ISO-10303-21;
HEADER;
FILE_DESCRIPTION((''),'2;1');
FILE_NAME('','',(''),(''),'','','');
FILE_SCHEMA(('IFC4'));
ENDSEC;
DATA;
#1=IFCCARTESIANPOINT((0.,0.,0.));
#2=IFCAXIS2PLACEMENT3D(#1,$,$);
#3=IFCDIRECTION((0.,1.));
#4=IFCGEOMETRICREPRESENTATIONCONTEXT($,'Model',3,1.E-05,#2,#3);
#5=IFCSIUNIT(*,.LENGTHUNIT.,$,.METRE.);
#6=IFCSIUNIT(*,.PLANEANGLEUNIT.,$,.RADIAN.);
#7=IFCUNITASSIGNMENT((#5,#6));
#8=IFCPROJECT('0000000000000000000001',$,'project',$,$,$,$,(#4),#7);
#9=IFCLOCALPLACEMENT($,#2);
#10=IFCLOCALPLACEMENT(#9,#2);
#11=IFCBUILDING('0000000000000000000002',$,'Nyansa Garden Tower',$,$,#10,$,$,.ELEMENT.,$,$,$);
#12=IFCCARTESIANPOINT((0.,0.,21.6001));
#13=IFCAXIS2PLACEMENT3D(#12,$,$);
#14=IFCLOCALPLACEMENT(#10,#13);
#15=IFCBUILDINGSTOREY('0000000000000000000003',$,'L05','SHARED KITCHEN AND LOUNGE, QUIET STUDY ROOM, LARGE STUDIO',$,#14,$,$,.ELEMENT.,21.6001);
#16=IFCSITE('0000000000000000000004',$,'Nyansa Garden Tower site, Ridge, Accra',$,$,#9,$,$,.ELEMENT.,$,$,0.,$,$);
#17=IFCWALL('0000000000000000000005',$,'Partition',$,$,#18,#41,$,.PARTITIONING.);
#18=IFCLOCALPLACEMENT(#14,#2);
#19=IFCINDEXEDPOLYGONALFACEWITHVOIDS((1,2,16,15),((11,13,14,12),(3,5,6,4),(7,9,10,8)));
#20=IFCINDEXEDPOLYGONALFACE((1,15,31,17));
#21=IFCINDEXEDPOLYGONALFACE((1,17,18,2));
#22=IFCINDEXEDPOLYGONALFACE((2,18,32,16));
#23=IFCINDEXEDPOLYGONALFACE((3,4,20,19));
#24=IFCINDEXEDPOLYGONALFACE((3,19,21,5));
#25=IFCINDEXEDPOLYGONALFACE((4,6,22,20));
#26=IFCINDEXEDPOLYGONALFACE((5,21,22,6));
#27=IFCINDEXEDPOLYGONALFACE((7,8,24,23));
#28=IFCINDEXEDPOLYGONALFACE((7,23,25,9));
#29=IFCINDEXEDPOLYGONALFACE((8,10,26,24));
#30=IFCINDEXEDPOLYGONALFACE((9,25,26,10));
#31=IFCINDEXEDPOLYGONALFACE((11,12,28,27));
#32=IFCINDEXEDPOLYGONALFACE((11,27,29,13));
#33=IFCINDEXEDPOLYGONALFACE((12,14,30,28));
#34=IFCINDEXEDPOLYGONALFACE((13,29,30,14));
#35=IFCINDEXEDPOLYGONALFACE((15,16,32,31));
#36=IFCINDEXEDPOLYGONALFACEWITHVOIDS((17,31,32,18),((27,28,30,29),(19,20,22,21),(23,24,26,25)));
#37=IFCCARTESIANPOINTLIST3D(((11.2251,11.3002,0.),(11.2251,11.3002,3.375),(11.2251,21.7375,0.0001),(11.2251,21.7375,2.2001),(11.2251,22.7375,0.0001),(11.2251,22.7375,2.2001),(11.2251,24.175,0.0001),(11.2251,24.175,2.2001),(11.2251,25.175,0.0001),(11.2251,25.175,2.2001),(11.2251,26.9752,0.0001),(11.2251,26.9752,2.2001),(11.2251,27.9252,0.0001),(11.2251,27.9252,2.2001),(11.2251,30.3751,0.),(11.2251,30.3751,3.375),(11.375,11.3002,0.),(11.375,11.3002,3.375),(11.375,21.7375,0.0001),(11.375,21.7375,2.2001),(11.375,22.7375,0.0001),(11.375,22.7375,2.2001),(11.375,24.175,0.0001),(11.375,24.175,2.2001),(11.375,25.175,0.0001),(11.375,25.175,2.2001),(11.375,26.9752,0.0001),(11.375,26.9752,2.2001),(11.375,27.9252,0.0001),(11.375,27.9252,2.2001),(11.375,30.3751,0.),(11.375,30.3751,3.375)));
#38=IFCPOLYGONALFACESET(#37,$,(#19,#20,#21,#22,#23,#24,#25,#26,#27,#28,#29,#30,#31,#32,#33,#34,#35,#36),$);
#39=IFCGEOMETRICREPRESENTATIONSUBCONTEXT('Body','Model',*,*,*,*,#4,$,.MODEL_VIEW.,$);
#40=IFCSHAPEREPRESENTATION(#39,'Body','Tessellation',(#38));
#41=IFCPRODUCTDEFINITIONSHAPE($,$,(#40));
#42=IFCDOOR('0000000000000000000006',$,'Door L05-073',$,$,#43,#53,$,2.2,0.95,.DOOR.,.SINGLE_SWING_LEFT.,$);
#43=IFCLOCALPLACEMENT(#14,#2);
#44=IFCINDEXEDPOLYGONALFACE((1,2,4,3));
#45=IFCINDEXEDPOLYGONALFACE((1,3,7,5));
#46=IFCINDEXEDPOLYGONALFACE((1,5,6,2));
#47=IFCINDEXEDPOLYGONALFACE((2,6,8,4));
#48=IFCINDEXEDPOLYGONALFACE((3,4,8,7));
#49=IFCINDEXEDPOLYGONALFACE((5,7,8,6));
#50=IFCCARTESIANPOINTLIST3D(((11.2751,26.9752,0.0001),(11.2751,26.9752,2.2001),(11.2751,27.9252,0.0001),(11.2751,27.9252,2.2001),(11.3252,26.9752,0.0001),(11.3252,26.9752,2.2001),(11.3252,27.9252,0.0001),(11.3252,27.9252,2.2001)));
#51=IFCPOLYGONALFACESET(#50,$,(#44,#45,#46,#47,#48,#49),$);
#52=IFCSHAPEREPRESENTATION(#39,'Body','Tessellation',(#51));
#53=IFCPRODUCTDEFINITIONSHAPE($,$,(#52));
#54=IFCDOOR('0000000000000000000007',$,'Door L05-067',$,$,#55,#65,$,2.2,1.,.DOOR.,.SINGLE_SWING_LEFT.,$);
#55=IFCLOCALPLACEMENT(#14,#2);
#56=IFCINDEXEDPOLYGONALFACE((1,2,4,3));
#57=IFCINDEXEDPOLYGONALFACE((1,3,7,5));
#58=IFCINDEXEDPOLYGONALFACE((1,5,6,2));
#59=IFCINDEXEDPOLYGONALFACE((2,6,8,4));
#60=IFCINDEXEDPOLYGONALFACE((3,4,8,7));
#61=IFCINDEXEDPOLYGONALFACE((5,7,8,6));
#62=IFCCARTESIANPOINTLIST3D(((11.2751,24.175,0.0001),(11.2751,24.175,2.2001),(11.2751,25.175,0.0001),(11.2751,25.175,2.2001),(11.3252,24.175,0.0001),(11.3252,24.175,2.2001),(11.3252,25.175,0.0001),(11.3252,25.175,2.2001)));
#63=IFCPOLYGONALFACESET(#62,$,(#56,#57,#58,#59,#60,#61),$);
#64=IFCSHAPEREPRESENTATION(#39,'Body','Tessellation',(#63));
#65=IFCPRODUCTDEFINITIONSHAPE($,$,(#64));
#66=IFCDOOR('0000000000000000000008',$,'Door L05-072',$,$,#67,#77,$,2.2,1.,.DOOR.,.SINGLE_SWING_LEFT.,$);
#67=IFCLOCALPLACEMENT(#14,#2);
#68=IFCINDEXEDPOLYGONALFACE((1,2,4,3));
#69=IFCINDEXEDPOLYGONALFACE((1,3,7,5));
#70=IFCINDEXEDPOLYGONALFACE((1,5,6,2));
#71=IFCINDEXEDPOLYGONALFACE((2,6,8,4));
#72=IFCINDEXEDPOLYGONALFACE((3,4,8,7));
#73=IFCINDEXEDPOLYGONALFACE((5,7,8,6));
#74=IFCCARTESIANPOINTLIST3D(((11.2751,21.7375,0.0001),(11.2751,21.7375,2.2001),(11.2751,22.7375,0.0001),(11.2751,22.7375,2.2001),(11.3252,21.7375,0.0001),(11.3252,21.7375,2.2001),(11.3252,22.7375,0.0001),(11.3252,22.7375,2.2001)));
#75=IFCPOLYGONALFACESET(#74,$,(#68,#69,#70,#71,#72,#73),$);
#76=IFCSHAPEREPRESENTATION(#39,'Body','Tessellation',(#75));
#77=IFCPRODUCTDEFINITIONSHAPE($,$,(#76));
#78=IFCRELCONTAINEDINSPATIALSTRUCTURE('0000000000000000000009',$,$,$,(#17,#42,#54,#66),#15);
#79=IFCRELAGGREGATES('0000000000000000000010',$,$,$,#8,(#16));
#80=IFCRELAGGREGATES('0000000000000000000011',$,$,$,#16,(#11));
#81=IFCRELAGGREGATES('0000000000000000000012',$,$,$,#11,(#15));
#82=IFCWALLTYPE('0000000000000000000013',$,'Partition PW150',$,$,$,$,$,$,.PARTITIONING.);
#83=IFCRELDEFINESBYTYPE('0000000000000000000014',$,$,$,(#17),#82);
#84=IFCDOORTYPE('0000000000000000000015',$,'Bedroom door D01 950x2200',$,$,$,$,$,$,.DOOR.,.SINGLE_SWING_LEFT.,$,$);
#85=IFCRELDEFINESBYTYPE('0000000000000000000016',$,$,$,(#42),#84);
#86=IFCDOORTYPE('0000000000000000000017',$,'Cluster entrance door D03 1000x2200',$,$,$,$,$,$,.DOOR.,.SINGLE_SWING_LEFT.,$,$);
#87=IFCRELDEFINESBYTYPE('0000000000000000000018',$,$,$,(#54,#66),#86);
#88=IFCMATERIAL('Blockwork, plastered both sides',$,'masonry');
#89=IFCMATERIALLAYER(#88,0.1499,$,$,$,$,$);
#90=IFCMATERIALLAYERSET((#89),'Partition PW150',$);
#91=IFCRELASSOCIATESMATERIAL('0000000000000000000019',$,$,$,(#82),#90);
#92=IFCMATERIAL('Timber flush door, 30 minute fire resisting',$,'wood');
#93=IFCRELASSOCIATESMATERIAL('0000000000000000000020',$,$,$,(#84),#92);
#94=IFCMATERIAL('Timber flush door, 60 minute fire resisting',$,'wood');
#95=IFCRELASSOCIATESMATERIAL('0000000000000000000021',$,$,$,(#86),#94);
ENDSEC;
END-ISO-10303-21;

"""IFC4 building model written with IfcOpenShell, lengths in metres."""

from ifc_helpers import new_model, si_unit, direction, frame, frame_2d, origin, place, context, subcontext, project, spatial, rectangle, extrude, material, layer, layer_set, type_object, element, fill, save


model = new_model("IFC4")

# Units and contexts
model_context = context("Model", 3, precision=1e-05, world=origin(), true_north=direction((0.0, 1.0)))
body_context = subcontext(model_context, "Body", "Model", "MODEL_VIEW")
ifc_project = project(units=[si_unit("LENGTHUNIT", "METRE"), si_unit("PLANEANGLEUNIT", "RADIAN")], contexts=[model_context])

# Site, building, storey
site_placement = place(None, origin())
site = spatial("IfcSite", under=ifc_project, at=site_placement, Name="Nyansa Garden Tower site, Ridge, Accra", CompositionType="ELEMENT", RefElevation=0.0)
building_placement = place(site_placement, origin())
building = spatial("IfcBuilding", under=site, at=building_placement, Name="Nyansa Garden Tower", CompositionType="ELEMENT")
storey_placement = place(building_placement, frame((0.0, 0.0, 21.6001)))
storey = spatial("IfcBuildingStorey", under=building, at=storey_placement, Name="L05", Description="SHARED KITCHEN AND LOUNGE, QUIET STUDY ROOM, LARGE STUDIO", CompositionType="ELEMENT", Elevation=21.6001)

# Shared definitions
ifc_material_1 = material(Name="Blockwork, plastered both sides", Category="masonry")
ifc_layer_1 = layer(ifc_material_1, 0.1499)
ifc_layer_set_1 = layer_set([ifc_layer_1], Name="Partition PW150")
wall_type_1 = type_object("IfcWallType", Name="Partition PW150", PredefinedType="PARTITIONING", material=ifc_layer_set_1)

# Wall, openings, doors
ifc_material_2 = material(Name="Timber flush door, 30 minute fire resisting", Category="wood")
door_type_1 = type_object("IfcDoorType", Name="Bedroom door D01 950x2200", OperationType="SINGLE_SWING_LEFT", PredefinedType="DOOR", material=ifc_material_2)
ifc_material_3 = material(Name="Timber flush door, 60 minute fire resisting", Category="wood")
door_type_2 = type_object("IfcDoorType", Name="Cluster entrance door D03 1000x2200", OperationType="SINGLE_SWING_LEFT", PredefinedType="DOOR", material=ifc_material_3)
wall_1_placement = place(storey_placement, frame((11.3, 11.3, 0.0), z_axis=(0.0, 0.0, 1.0), x_axis=(0.0, 1.0, 0.0)))
wall_1 = element("IfcWall", 1, at=wall_1_placement, inside=storey, type_object=wall_type_1, Name="Partition", PredefinedType="PARTITIONING", context=body_context, shape_type="SweptSolid", body=[
    extrude(rectangle(XDim=19.075, YDim=0.1499, at=frame_2d((9.5376, 0.0))), origin(), (0.0, 0.0, 1.0), 3.375),
])
opening_1_placement = place(wall_1_placement, frame((12.875, 0.0, 0.0)))
opening_1 = element("IfcOpeningElement", 2, at=opening_1_placement, cuts=wall_1, PredefinedType="OPENING", context=body_context, shape_type="SweptSolid", body=[
    extrude(rectangle(XDim=1.0, YDim=2.2, at=frame_2d((0.5, 1.1001))), frame((0.0, 0.085, 0.0), z_axis=(0.0, -1.0, 0.0), x_axis=(1.0, 0.0, 0.0)), (0.0, 0.0, 1.0), 0.1699),
])
opening_2_placement = place(wall_1_placement, frame((10.4375, 0.0, 0.0)))
opening_2 = element("IfcOpeningElement", 3, at=opening_2_placement, cuts=wall_1, PredefinedType="OPENING", context=body_context, shape_type="SweptSolid", body=[
    extrude(rectangle(XDim=1.0, YDim=2.2, at=frame_2d((0.5, 1.1001))), frame((0.0, 0.085, 0.0), z_axis=(0.0, -1.0, 0.0), x_axis=(1.0, 0.0, 0.0)), (0.0, 0.0, 1.0), 0.1699),
])
opening_3_placement = place(wall_1_placement, frame((15.675, 0.0, 0.0)))
opening_3 = element("IfcOpeningElement", 4, at=opening_3_placement, cuts=wall_1, PredefinedType="OPENING", context=body_context, shape_type="SweptSolid", body=[
    extrude(rectangle(XDim=0.95, YDim=2.2, at=frame_2d((0.4751, 1.1001))), frame((0.0, 0.085, 0.0), z_axis=(0.0, -1.0, 0.0), x_axis=(1.0, 0.0, 0.0)), (0.0, 0.0, 1.0), 0.1699),
])
door_1_placement = place(opening_3_placement, origin())
door_1 = element("IfcDoor", 5, at=door_1_placement, inside=storey, type_object=door_type_1, Name="Door L05-073", OperationType="SINGLE_SWING_LEFT", OverallHeight=2.2, OverallWidth=0.95, PredefinedType="DOOR", context=body_context, shape_type="SweptSolid", body=[
    extrude(rectangle(XDim=0.95, YDim=2.2, at=frame_2d((0.4751, 1.1001))), frame((0.0, 0.0249, 0.0), z_axis=(0.0, -1.0, 0.0), x_axis=(1.0, 0.0, 0.0)), (0.0, 0.0, 1.0), 0.05),
])
fill(opening_3, door_1)
door_2_placement = place(opening_1_placement, origin())
door_2 = element("IfcDoor", 6, at=door_2_placement, inside=storey, type_object=door_type_2, Name="Door L05-067", OperationType="SINGLE_SWING_LEFT", OverallHeight=2.2, OverallWidth=1.0, PredefinedType="DOOR", context=body_context, shape_type="SweptSolid", body=[
    extrude(rectangle(XDim=1.0, YDim=2.2, at=frame_2d((0.5, 1.1001))), frame((0.0, 0.0249, 0.0), z_axis=(0.0, -1.0, 0.0), x_axis=(1.0, 0.0, 0.0)), (0.0, 0.0, 1.0), 0.05),
])
fill(opening_1, door_2)
door_3_placement = place(opening_2_placement, origin())
door_3 = element("IfcDoor", 7, at=door_3_placement, inside=storey, type_object=door_type_2, Name="Door L05-072", OperationType="SINGLE_SWING_LEFT", OverallHeight=2.2, OverallWidth=1.0, PredefinedType="DOOR", context=body_context, shape_type="SweptSolid", body=[
    extrude(rectangle(XDim=1.0, YDim=2.2, at=frame_2d((0.5, 1.1001))), frame((0.0, 0.0249, 0.0), z_axis=(0.0, -1.0, 0.0), x_axis=(1.0, 0.0, 0.0)), (0.0, 0.0, 1.0), 0.05),
])
fill(opening_2, door_3)

save(model, "model.ifc")
